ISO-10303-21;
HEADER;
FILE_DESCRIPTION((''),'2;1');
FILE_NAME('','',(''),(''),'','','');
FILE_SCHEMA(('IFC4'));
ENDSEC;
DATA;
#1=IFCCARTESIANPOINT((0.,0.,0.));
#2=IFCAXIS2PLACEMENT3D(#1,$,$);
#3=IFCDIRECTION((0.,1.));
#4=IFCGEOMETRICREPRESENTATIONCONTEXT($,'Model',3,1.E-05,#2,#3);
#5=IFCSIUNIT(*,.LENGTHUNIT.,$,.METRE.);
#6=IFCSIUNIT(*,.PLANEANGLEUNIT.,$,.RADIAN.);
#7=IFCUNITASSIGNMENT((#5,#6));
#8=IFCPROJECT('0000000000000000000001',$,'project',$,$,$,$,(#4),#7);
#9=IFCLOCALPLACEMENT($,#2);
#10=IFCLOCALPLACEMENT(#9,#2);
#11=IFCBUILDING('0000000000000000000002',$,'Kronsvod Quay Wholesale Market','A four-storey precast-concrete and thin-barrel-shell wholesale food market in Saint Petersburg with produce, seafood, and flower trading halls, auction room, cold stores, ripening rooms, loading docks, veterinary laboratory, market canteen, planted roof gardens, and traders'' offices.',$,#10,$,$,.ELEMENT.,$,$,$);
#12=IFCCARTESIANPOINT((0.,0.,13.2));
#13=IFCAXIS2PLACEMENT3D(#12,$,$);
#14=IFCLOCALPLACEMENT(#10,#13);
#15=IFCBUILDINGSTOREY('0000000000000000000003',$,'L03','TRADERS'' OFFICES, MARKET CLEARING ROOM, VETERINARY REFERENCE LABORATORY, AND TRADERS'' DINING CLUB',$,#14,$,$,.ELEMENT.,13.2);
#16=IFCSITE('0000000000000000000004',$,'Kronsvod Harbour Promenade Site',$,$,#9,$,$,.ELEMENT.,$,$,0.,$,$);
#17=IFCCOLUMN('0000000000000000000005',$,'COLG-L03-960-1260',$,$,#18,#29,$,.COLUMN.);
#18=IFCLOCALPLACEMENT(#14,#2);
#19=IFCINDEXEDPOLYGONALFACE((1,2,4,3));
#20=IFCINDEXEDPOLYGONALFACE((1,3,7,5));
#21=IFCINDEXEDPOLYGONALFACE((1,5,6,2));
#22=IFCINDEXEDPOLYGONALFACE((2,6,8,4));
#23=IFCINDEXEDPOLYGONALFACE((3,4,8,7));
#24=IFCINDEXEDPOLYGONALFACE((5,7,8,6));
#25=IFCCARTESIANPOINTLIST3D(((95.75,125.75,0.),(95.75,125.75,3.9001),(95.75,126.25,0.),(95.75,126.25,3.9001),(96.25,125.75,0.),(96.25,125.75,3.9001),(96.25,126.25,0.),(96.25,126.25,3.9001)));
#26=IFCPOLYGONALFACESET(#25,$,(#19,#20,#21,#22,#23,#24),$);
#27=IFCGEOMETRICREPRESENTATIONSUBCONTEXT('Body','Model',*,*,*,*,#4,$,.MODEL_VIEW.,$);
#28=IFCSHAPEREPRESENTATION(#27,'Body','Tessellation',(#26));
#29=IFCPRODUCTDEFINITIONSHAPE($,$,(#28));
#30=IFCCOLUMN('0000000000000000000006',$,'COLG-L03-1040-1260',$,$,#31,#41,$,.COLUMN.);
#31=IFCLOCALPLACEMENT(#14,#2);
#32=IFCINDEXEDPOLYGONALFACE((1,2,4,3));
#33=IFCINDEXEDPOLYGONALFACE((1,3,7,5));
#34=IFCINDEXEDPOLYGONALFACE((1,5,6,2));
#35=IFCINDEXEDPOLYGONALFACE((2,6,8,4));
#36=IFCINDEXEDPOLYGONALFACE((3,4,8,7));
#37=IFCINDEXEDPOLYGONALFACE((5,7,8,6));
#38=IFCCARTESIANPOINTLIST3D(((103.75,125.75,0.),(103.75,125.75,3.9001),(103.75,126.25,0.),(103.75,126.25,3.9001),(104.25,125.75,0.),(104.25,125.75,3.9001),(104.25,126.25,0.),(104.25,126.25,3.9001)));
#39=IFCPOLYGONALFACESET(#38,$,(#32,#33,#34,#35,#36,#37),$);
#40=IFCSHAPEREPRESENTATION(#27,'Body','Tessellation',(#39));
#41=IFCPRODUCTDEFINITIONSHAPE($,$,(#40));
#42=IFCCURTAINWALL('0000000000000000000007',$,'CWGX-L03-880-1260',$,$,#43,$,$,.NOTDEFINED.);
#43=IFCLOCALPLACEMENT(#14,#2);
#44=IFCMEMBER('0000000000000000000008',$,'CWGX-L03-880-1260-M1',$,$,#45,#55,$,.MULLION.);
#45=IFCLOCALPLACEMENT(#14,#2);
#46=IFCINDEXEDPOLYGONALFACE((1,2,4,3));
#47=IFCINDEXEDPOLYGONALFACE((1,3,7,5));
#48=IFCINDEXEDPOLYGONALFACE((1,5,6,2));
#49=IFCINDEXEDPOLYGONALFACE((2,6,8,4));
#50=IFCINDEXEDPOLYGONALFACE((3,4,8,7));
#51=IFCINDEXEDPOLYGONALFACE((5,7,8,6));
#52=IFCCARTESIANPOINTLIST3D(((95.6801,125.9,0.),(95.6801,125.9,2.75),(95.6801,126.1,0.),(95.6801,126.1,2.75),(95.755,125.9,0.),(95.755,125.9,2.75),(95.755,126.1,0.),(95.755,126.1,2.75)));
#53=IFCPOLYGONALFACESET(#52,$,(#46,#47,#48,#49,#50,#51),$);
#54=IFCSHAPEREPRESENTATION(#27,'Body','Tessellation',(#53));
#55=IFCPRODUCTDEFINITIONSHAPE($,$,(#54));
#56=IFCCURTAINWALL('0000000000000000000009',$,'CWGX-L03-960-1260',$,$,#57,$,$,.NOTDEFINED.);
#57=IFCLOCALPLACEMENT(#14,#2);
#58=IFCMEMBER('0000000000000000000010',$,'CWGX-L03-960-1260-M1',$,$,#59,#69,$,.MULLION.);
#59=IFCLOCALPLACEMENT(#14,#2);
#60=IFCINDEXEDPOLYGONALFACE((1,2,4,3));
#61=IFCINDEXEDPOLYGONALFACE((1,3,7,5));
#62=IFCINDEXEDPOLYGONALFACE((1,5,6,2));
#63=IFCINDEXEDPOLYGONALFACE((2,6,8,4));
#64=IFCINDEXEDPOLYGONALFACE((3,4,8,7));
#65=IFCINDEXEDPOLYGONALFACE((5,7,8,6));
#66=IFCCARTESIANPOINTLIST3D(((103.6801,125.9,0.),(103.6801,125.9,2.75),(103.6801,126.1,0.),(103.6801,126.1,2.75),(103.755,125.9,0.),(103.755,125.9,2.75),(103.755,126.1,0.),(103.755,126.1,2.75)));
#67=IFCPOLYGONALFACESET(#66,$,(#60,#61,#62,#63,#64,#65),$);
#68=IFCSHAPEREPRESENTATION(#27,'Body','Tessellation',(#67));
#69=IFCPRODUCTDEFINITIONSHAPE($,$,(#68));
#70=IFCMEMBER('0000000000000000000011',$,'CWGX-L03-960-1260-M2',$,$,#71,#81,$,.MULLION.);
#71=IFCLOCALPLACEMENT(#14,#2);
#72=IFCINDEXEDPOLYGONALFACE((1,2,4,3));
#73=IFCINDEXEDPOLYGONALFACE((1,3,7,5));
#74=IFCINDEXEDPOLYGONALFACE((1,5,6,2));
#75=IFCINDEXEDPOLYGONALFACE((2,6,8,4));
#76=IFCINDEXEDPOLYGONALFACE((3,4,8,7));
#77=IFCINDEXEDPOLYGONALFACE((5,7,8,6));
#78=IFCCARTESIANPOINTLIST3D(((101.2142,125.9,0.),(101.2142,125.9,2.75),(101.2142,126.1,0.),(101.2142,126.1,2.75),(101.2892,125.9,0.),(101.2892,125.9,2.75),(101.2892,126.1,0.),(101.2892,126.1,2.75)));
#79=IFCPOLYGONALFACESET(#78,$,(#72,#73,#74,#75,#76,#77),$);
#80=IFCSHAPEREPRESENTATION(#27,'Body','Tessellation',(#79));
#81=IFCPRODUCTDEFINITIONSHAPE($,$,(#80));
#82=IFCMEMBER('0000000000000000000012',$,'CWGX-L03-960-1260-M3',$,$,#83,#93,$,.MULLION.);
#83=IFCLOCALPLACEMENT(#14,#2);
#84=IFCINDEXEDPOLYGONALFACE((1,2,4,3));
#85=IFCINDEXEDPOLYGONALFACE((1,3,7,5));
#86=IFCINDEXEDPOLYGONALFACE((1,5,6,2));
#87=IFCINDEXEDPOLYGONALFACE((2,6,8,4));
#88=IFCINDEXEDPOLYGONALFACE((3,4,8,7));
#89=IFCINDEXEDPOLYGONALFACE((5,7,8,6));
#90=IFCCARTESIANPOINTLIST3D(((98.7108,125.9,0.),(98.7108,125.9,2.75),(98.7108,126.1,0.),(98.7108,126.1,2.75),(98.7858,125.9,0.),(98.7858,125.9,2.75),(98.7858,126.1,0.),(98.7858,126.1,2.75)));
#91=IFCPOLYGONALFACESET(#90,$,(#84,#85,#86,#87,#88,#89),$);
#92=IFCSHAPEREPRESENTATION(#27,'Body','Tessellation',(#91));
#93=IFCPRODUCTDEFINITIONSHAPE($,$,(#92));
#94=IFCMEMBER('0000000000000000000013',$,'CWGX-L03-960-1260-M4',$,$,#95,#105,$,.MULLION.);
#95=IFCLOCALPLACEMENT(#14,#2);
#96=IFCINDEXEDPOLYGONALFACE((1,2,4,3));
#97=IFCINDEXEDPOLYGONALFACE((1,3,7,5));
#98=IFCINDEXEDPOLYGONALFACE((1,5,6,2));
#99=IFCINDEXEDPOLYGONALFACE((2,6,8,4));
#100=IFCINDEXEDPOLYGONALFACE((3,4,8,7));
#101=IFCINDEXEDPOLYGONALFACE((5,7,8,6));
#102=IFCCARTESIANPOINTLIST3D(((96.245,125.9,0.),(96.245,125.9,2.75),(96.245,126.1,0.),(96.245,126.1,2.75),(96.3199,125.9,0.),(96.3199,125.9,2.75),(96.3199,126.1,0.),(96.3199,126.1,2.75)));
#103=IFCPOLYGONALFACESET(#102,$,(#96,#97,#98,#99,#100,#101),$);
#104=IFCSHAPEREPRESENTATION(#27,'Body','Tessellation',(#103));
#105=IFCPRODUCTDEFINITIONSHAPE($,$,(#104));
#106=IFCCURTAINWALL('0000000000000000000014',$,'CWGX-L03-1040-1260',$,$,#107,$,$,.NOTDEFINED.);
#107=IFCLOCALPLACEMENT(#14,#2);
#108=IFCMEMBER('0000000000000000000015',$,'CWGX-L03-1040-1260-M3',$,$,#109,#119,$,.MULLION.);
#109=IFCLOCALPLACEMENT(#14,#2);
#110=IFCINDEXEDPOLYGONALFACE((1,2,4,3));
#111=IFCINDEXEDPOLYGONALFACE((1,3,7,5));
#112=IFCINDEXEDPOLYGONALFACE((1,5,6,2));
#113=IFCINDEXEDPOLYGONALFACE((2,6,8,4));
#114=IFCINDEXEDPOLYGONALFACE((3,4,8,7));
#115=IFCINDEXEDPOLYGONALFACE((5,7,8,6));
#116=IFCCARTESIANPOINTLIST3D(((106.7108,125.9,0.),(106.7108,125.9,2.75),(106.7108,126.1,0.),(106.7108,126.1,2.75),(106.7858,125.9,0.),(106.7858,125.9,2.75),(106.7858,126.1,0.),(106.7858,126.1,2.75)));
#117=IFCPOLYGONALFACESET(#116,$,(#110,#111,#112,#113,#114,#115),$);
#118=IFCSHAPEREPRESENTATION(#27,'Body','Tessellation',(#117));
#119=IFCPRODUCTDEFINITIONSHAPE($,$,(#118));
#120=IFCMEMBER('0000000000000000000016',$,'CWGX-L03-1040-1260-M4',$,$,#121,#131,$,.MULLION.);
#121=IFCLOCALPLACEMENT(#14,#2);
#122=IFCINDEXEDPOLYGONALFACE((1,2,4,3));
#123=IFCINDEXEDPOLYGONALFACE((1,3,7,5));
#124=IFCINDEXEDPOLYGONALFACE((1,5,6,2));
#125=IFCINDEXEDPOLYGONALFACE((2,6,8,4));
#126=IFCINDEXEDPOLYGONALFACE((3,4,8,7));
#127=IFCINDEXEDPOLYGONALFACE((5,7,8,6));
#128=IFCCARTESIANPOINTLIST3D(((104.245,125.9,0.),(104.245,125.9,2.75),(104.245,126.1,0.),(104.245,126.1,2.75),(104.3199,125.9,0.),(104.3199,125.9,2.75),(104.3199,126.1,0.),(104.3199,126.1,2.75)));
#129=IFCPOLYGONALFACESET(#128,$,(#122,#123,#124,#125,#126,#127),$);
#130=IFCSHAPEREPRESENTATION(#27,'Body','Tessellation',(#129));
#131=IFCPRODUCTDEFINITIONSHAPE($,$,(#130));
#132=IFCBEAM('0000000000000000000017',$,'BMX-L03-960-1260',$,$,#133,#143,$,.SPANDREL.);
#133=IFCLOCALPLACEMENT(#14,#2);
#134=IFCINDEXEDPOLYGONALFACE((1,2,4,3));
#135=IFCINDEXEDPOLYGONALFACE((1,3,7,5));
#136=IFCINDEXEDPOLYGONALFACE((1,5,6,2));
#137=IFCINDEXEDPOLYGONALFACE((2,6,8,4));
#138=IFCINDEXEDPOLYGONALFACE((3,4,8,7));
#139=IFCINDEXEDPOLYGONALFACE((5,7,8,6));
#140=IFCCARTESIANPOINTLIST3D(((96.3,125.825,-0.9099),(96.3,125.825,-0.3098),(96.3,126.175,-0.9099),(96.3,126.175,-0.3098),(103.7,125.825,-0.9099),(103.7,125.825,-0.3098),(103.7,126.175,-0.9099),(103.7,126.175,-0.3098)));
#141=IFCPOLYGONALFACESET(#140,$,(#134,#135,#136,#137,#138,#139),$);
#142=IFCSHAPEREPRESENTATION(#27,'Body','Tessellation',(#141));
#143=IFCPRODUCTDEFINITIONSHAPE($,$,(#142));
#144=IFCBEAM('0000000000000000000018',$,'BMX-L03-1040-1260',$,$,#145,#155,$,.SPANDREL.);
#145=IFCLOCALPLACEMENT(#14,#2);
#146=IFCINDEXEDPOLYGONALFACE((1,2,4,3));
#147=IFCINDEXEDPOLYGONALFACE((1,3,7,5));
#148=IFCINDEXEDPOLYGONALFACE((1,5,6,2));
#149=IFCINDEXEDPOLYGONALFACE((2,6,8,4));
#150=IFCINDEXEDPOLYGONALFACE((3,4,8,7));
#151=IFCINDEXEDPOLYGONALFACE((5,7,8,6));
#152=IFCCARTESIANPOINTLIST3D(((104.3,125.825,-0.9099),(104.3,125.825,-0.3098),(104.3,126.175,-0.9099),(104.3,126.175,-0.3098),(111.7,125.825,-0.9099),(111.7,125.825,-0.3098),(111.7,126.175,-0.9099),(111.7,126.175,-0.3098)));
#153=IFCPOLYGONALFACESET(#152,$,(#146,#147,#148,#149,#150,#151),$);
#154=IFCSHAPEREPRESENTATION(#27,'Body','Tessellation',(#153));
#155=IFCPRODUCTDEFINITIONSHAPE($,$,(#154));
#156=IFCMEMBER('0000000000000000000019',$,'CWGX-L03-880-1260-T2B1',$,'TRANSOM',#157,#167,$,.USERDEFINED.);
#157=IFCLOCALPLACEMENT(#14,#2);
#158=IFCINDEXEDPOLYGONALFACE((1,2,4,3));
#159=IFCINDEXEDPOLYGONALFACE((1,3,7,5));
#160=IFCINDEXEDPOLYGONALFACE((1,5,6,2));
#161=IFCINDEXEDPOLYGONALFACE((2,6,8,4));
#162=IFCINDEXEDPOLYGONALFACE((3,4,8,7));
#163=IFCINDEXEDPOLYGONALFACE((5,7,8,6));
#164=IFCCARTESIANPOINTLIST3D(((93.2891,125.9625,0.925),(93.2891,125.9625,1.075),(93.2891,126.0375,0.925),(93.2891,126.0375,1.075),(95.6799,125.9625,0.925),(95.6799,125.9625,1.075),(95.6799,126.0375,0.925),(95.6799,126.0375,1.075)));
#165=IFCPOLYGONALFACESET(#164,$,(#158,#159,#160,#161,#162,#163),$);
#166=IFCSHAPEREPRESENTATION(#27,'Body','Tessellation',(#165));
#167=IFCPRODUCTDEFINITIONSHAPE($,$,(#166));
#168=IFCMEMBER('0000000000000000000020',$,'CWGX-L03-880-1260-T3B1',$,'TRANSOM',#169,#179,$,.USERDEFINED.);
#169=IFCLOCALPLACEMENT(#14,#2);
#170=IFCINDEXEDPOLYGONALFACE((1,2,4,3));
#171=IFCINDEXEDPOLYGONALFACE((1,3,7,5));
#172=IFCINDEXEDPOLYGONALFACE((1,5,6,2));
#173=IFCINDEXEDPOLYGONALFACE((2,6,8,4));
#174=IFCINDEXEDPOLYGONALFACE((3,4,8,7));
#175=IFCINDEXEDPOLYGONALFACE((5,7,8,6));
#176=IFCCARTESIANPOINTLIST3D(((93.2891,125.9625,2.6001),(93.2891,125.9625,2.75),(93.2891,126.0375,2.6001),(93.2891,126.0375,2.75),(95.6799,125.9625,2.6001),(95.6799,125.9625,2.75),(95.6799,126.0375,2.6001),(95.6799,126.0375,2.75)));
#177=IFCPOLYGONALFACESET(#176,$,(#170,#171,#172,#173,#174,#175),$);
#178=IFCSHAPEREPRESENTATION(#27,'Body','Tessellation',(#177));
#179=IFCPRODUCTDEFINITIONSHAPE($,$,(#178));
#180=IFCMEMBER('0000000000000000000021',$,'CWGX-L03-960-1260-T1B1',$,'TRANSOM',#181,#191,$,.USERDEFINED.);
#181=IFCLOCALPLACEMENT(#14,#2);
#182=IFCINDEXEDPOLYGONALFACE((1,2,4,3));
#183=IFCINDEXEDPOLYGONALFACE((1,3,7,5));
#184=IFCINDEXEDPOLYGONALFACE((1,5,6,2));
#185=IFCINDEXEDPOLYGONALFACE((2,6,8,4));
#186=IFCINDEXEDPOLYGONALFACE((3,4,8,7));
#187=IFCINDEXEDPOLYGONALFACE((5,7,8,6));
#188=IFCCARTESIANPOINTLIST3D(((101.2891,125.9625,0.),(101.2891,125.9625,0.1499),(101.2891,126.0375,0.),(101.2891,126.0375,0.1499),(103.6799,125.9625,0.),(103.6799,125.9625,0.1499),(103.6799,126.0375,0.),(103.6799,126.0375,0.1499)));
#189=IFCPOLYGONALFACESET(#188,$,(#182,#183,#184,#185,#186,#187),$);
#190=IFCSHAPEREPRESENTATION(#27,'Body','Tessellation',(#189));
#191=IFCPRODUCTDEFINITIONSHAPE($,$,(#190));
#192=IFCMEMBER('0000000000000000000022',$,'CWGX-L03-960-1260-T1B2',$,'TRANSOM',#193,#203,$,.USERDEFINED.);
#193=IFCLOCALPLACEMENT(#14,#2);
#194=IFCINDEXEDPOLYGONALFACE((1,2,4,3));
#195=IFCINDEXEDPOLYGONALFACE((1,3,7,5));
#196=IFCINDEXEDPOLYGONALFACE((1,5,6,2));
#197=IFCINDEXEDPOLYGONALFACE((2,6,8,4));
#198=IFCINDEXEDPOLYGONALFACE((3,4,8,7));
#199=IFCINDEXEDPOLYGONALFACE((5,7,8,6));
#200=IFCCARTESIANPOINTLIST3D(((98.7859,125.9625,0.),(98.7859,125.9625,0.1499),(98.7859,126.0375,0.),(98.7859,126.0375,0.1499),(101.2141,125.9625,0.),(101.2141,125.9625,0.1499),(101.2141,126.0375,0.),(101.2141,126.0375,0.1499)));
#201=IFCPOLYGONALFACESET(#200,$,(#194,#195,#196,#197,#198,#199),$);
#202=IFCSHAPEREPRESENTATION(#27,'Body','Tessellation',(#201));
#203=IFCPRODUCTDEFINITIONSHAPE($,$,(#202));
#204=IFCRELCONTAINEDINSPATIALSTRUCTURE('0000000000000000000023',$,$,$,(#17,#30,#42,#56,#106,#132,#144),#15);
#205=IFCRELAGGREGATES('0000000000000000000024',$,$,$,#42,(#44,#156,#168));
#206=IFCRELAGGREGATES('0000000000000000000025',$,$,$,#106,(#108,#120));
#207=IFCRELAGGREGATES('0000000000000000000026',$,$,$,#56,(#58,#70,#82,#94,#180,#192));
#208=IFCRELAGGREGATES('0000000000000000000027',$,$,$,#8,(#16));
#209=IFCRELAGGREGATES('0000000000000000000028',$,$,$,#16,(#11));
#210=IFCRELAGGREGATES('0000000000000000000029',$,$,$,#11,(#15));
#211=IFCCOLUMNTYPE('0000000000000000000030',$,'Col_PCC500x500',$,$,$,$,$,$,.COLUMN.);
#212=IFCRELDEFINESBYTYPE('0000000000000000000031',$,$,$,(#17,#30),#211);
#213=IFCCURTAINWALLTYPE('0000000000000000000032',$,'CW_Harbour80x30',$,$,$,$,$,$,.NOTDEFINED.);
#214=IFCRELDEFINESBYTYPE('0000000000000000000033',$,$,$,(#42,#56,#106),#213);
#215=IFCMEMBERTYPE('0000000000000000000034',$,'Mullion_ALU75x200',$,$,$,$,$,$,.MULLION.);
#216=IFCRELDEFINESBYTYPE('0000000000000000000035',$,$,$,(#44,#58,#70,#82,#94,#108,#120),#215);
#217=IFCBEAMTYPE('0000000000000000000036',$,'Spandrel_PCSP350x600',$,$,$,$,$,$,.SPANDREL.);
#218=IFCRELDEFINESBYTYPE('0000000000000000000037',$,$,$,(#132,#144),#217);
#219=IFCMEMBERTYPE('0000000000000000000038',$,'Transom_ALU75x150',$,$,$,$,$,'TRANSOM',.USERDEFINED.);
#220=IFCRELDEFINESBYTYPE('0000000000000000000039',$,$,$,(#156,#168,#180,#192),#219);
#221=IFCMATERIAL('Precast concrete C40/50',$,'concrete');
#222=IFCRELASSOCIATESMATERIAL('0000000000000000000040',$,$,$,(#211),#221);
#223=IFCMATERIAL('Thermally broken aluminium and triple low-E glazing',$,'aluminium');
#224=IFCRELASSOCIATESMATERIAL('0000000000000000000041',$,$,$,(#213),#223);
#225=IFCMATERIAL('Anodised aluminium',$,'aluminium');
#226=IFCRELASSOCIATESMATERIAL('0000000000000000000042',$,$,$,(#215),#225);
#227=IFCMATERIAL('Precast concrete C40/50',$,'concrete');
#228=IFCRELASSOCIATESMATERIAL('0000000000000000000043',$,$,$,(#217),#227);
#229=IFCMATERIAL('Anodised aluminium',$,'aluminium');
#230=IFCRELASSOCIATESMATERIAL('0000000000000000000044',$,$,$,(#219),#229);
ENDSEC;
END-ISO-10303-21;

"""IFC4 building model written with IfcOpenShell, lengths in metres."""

from ifc_helpers import new_model, si_unit, direction, frame, origin, origin_2d, place, context, subcontext, project, spatial, rectangle, extrude, material, material_profile, profile_set, type_object, element, aggregate, save


model = new_model("IFC4")

# Units and contexts
model_context = context("Model", 3, precision=1e-05, world=origin(), true_north=direction((0.0, 1.0)))
body_context = subcontext(model_context, "Body", "Model", "MODEL_VIEW")
ifc_project = project(units=[si_unit("LENGTHUNIT", "METRE"), si_unit("PLANEANGLEUNIT", "RADIAN")], contexts=[model_context])

# Site, building, storey
site_placement = place(None, origin())
site = spatial("IfcSite", under=ifc_project, at=site_placement, Name="Kronsvod Harbour Promenade Site", CompositionType="ELEMENT", RefElevation=0.0)
building_placement = place(site_placement, origin())
building = spatial("IfcBuilding", under=site, at=building_placement, Name="Kronsvod Quay Wholesale Market", Description="A four-storey precast-concrete and thin-barrel-shell wholesale food market in Saint Petersburg with produce, seafood, and flower trading halls, auction room, cold stores, ripening rooms, loading docks, veterinary laboratory, market canteen, planted roof gardens, and traders' offices.", CompositionType="ELEMENT")
storey_placement = place(building_placement, frame((0.0, 0.0, 13.2)))
storey = spatial("IfcBuildingStorey", under=building, at=storey_placement, Name="L03", Description="TRADERS' OFFICES, MARKET CLEARING ROOM, VETERINARY REFERENCE LABORATORY, AND TRADERS' DINING CLUB", CompositionType="ELEMENT", Elevation=13.2)

# Columns
ifc_material_1 = material(Name="Precast concrete C40/50", Category="concrete")
ifc_material_profile_1 = material_profile(ifc_material_1, rectangle(XDim=0.5, YDim=0.5, at=origin_2d()), Name="PCC500x500")
ifc_profile_set_1 = profile_set([ifc_material_profile_1], Name="Precast concrete C40/50")
column_type = type_object("IfcColumnType", Name="Col_PCC500x500", PredefinedType="COLUMN", material=ifc_profile_set_1)
for number, where, z_axis, x_axis, name in (
    (1, (96.0, 126.0, 0.0), (0.0, 0.0, 1.0), (1.0, 0.0, 0.0), "COLG-L03-960-1260"),
    (2, (104.0, 126.0, 0.0), (0.0, 0.0, 1.0), (1.0, 0.0, 0.0), "COLG-L03-1040-1260"),
):
    element("IfcColumn", number, at=place(storey_placement, frame(where, z_axis=z_axis, x_axis=x_axis)), inside=storey, type_object=column_type, Name=name, PredefinedType="COLUMN", context=body_context, shape_type="SweptSolid", body=[
        extrude(rectangle(XDim=0.5, YDim=0.5, at=origin_2d()), origin(), (0.0, 0.0, 1.0), 3.9001),
    ])

# Curtain wall, member
ifc_material_2 = material(Name="Thermally broken aluminium and triple low-E glazing", Category="aluminium")
curtain_wall_type = type_object("IfcCurtainWallType", Name="CW_Harbour80x30", PredefinedType="NOTDEFINED", material=ifc_material_2)
curtain_wall_1_placement = place(storey_placement, origin())
curtain_wall_1 = element("IfcCurtainWall", 3, at=curtain_wall_1_placement, inside=storey, type_object=curtain_wall_type, Name="CWGX-L03-880-1260", PredefinedType="NOTDEFINED")
ifc_material_3 = material(Name="Anodised aluminium", Category="aluminium")
ifc_material_profile_2 = material_profile(ifc_material_3, rectangle(XDim=0.075, YDim=0.2, at=origin_2d()), Name="ALUM75x200")
ifc_profile_set_2 = profile_set([ifc_material_profile_2], Name="Anodised aluminium")
member_type_1 = type_object("IfcMemberType", Name="Mullion_ALU75x200", PredefinedType="MULLION", material=ifc_profile_set_2)
member_1_placement = place(storey_placement, frame((95.7175, 126.0, 0.0), z_axis=(0.0, 0.0, 1.0), x_axis=(1.0, 0.0, 0.0)))
member_1 = element("IfcMember", 4, at=member_1_placement, type_object=member_type_1, Name="CWGX-L03-880-1260-M1", PredefinedType="MULLION", context=body_context, shape_type="SweptSolid", body=[
    extrude(rectangle(XDim=0.075, YDim=0.2, at=origin_2d()), origin(), (0.0, 0.0, 1.0), 2.75),
])

# Curtain walls, members
curtain_wall_2_placement = place(storey_placement, origin())
curtain_wall_2 = element("IfcCurtainWall", 5, at=curtain_wall_2_placement, inside=storey, type_object=curtain_wall_type, Name="CWGX-L03-960-1260", PredefinedType="NOTDEFINED")
member_2_placement = place(storey_placement, frame((103.7175, 126.0, 0.0), z_axis=(0.0, 0.0, 1.0), x_axis=(1.0, 0.0, 0.0)))
member_2 = element("IfcMember", 6, at=member_2_placement, type_object=member_type_1, Name="CWGX-L03-960-1260-M1", PredefinedType="MULLION", context=body_context, shape_type="SweptSolid", body=[
    extrude(rectangle(XDim=0.075, YDim=0.2, at=origin_2d()), origin(), (0.0, 0.0, 1.0), 2.75),
])
member_3_placement = place(storey_placement, frame((101.2517, 126.0, 0.0), z_axis=(0.0, 0.0, 1.0), x_axis=(1.0, 0.0, 0.0)))
member_3 = element("IfcMember", 7, at=member_3_placement, type_object=member_type_1, Name="CWGX-L03-960-1260-M2", PredefinedType="MULLION", context=body_context, shape_type="SweptSolid", body=[
    extrude(rectangle(XDim=0.075, YDim=0.2, at=origin_2d()), origin(), (0.0, 0.0, 1.0), 2.75),
])
member_4_placement = place(storey_placement, frame((98.7483, 126.0, 0.0), z_axis=(0.0, 0.0, 1.0), x_axis=(1.0, 0.0, 0.0)))
member_4 = element("IfcMember", 8, at=member_4_placement, type_object=member_type_1, Name="CWGX-L03-960-1260-M3", PredefinedType="MULLION", context=body_context, shape_type="SweptSolid", body=[
    extrude(rectangle(XDim=0.075, YDim=0.2, at=origin_2d()), origin(), (0.0, 0.0, 1.0), 2.75),
])
member_5_placement = place(storey_placement, frame((96.2825, 126.0, 0.0), z_axis=(0.0, 0.0, 1.0), x_axis=(1.0, 0.0, 0.0)))
member_5 = element("IfcMember", 9, at=member_5_placement, type_object=member_type_1, Name="CWGX-L03-960-1260-M4", PredefinedType="MULLION", context=body_context, shape_type="SweptSolid", body=[
    extrude(rectangle(XDim=0.075, YDim=0.2, at=origin_2d()), origin(), (0.0, 0.0, 1.0), 2.75),
])
curtain_wall_3_placement = place(storey_placement, origin())
curtain_wall_3 = element("IfcCurtainWall", 10, at=curtain_wall_3_placement, inside=storey, type_object=curtain_wall_type, Name="CWGX-L03-1040-1260", PredefinedType="NOTDEFINED")
member_6_placement = place(storey_placement, frame((106.7483, 126.0, 0.0), z_axis=(0.0, 0.0, 1.0), x_axis=(1.0, 0.0, 0.0)))
member_6 = element("IfcMember", 11, at=member_6_placement, type_object=member_type_1, Name="CWGX-L03-1040-1260-M3", PredefinedType="MULLION", context=body_context, shape_type="SweptSolid", body=[
    extrude(rectangle(XDim=0.075, YDim=0.2, at=origin_2d()), origin(), (0.0, 0.0, 1.0), 2.75),
])
member_7_placement = place(storey_placement, frame((104.2825, 126.0, 0.0), z_axis=(0.0, 0.0, 1.0), x_axis=(1.0, 0.0, 0.0)))
member_7 = element("IfcMember", 12, at=member_7_placement, type_object=member_type_1, Name="CWGX-L03-1040-1260-M4", PredefinedType="MULLION", context=body_context, shape_type="SweptSolid", body=[
    extrude(rectangle(XDim=0.075, YDim=0.2, at=origin_2d()), origin(), (0.0, 0.0, 1.0), 2.75),
])

# Beams
ifc_material_4 = material(Name="Precast concrete C40/50", Category="concrete")
ifc_material_profile_3 = material_profile(ifc_material_4, rectangle(XDim=0.3501, YDim=0.6001, at=origin_2d()), Name="PCSP350x600")
ifc_profile_set_3 = profile_set([ifc_material_profile_3], Name="Precast concrete C40/50")
beam_type = type_object("IfcBeamType", Name="Spandrel_PCSP350x600", PredefinedType="SPANDREL", material=ifc_profile_set_3)
for number, where, z_axis, x_axis, name in (
    (13, (96.3, 126.0, -0.6099), (1.0, 0.0, 0.0), (0.0, 1.0, 0.0), "BMX-L03-960-1260"),
    (14, (104.3, 126.0, -0.6099), (1.0, 0.0, 0.0), (0.0, 1.0, 0.0), "BMX-L03-1040-1260"),
):
    element("IfcBeam", number, at=place(storey_placement, frame(where, z_axis=z_axis, x_axis=x_axis)), inside=storey, type_object=beam_type, Name=name, PredefinedType="SPANDREL", context=body_context, shape_type="SweptSolid", body=[
        extrude(rectangle(XDim=0.3501, YDim=0.6001, at=origin_2d()), origin(), (0.0, 0.0, 1.0), 7.3999),
    ])

# Members
ifc_material_5 = material(Name="Anodised aluminium", Category="aluminium")
ifc_material_profile_4 = material_profile(ifc_material_5, rectangle(XDim=0.075, YDim=0.1499, at=origin_2d()), Name="ALUT75x150")
ifc_profile_set_4 = profile_set([ifc_material_profile_4], Name="Anodised aluminium")
member_type_2 = type_object("IfcMemberType", Name="Transom_ALU75x150", ElementType="TRANSOM", PredefinedType="USERDEFINED", material=ifc_profile_set_4)
member_8_placement = place(storey_placement, frame((95.6799, 126.0, 1.0), z_axis=(-1.0, 0.0, 0.0), x_axis=(0.0, -1.0, 0.0)))
member_8 = element("IfcMember", 15, at=member_8_placement, type_object=member_type_2, Name="CWGX-L03-880-1260-T2B1", ObjectType="TRANSOM", PredefinedType="USERDEFINED", context=body_context, shape_type="SweptSolid", body=[
    extrude(rectangle(XDim=0.075, YDim=0.1499, at=origin_2d()), origin(), (0.0, 0.0, 1.0), 2.3909),
])
member_9_placement = place(storey_placement, frame((95.6799, 126.0, 2.675), z_axis=(-1.0, 0.0, 0.0), x_axis=(0.0, -1.0, 0.0)))
member_9 = element("IfcMember", 16, at=member_9_placement, type_object=member_type_2, Name="CWGX-L03-880-1260-T3B1", ObjectType="TRANSOM", PredefinedType="USERDEFINED", context=body_context, shape_type="SweptSolid", body=[
    extrude(rectangle(XDim=0.075, YDim=0.1499, at=origin_2d()), origin(), (0.0, 0.0, 1.0), 2.3909),
])
aggregate(curtain_wall_1, [member_1, member_8, member_9])
member_10_placement = place(storey_placement, frame((103.6799, 126.0, 0.075), z_axis=(-1.0, 0.0, 0.0), x_axis=(0.0, -1.0, 0.0)))
member_10 = element("IfcMember", 17, at=member_10_placement, type_object=member_type_2, Name="CWGX-L03-960-1260-T1B1", ObjectType="TRANSOM", PredefinedType="USERDEFINED", context=body_context, shape_type="SweptSolid", body=[
    extrude(rectangle(XDim=0.075, YDim=0.1499, at=origin_2d()), origin(), (0.0, 0.0, 1.0), 2.3909),
])
member_11_placement = place(storey_placement, frame((101.2141, 126.0, 0.075), z_axis=(-1.0, 0.0, 0.0), x_axis=(0.0, -1.0, 0.0)))
member_11 = element("IfcMember", 18, at=member_11_placement, type_object=member_type_2, Name="CWGX-L03-960-1260-T1B2", ObjectType="TRANSOM", PredefinedType="USERDEFINED", context=body_context, shape_type="SweptSolid", body=[
    extrude(rectangle(XDim=0.075, YDim=0.1499, at=origin_2d()), origin(), (0.0, 0.0, 1.0), 2.4282),
])

aggregate(curtain_wall_3, [member_6, member_7])
aggregate(curtain_wall_2, [member_2, member_3, member_4, member_5, member_10, member_11])

save(model, "model.ifc")
